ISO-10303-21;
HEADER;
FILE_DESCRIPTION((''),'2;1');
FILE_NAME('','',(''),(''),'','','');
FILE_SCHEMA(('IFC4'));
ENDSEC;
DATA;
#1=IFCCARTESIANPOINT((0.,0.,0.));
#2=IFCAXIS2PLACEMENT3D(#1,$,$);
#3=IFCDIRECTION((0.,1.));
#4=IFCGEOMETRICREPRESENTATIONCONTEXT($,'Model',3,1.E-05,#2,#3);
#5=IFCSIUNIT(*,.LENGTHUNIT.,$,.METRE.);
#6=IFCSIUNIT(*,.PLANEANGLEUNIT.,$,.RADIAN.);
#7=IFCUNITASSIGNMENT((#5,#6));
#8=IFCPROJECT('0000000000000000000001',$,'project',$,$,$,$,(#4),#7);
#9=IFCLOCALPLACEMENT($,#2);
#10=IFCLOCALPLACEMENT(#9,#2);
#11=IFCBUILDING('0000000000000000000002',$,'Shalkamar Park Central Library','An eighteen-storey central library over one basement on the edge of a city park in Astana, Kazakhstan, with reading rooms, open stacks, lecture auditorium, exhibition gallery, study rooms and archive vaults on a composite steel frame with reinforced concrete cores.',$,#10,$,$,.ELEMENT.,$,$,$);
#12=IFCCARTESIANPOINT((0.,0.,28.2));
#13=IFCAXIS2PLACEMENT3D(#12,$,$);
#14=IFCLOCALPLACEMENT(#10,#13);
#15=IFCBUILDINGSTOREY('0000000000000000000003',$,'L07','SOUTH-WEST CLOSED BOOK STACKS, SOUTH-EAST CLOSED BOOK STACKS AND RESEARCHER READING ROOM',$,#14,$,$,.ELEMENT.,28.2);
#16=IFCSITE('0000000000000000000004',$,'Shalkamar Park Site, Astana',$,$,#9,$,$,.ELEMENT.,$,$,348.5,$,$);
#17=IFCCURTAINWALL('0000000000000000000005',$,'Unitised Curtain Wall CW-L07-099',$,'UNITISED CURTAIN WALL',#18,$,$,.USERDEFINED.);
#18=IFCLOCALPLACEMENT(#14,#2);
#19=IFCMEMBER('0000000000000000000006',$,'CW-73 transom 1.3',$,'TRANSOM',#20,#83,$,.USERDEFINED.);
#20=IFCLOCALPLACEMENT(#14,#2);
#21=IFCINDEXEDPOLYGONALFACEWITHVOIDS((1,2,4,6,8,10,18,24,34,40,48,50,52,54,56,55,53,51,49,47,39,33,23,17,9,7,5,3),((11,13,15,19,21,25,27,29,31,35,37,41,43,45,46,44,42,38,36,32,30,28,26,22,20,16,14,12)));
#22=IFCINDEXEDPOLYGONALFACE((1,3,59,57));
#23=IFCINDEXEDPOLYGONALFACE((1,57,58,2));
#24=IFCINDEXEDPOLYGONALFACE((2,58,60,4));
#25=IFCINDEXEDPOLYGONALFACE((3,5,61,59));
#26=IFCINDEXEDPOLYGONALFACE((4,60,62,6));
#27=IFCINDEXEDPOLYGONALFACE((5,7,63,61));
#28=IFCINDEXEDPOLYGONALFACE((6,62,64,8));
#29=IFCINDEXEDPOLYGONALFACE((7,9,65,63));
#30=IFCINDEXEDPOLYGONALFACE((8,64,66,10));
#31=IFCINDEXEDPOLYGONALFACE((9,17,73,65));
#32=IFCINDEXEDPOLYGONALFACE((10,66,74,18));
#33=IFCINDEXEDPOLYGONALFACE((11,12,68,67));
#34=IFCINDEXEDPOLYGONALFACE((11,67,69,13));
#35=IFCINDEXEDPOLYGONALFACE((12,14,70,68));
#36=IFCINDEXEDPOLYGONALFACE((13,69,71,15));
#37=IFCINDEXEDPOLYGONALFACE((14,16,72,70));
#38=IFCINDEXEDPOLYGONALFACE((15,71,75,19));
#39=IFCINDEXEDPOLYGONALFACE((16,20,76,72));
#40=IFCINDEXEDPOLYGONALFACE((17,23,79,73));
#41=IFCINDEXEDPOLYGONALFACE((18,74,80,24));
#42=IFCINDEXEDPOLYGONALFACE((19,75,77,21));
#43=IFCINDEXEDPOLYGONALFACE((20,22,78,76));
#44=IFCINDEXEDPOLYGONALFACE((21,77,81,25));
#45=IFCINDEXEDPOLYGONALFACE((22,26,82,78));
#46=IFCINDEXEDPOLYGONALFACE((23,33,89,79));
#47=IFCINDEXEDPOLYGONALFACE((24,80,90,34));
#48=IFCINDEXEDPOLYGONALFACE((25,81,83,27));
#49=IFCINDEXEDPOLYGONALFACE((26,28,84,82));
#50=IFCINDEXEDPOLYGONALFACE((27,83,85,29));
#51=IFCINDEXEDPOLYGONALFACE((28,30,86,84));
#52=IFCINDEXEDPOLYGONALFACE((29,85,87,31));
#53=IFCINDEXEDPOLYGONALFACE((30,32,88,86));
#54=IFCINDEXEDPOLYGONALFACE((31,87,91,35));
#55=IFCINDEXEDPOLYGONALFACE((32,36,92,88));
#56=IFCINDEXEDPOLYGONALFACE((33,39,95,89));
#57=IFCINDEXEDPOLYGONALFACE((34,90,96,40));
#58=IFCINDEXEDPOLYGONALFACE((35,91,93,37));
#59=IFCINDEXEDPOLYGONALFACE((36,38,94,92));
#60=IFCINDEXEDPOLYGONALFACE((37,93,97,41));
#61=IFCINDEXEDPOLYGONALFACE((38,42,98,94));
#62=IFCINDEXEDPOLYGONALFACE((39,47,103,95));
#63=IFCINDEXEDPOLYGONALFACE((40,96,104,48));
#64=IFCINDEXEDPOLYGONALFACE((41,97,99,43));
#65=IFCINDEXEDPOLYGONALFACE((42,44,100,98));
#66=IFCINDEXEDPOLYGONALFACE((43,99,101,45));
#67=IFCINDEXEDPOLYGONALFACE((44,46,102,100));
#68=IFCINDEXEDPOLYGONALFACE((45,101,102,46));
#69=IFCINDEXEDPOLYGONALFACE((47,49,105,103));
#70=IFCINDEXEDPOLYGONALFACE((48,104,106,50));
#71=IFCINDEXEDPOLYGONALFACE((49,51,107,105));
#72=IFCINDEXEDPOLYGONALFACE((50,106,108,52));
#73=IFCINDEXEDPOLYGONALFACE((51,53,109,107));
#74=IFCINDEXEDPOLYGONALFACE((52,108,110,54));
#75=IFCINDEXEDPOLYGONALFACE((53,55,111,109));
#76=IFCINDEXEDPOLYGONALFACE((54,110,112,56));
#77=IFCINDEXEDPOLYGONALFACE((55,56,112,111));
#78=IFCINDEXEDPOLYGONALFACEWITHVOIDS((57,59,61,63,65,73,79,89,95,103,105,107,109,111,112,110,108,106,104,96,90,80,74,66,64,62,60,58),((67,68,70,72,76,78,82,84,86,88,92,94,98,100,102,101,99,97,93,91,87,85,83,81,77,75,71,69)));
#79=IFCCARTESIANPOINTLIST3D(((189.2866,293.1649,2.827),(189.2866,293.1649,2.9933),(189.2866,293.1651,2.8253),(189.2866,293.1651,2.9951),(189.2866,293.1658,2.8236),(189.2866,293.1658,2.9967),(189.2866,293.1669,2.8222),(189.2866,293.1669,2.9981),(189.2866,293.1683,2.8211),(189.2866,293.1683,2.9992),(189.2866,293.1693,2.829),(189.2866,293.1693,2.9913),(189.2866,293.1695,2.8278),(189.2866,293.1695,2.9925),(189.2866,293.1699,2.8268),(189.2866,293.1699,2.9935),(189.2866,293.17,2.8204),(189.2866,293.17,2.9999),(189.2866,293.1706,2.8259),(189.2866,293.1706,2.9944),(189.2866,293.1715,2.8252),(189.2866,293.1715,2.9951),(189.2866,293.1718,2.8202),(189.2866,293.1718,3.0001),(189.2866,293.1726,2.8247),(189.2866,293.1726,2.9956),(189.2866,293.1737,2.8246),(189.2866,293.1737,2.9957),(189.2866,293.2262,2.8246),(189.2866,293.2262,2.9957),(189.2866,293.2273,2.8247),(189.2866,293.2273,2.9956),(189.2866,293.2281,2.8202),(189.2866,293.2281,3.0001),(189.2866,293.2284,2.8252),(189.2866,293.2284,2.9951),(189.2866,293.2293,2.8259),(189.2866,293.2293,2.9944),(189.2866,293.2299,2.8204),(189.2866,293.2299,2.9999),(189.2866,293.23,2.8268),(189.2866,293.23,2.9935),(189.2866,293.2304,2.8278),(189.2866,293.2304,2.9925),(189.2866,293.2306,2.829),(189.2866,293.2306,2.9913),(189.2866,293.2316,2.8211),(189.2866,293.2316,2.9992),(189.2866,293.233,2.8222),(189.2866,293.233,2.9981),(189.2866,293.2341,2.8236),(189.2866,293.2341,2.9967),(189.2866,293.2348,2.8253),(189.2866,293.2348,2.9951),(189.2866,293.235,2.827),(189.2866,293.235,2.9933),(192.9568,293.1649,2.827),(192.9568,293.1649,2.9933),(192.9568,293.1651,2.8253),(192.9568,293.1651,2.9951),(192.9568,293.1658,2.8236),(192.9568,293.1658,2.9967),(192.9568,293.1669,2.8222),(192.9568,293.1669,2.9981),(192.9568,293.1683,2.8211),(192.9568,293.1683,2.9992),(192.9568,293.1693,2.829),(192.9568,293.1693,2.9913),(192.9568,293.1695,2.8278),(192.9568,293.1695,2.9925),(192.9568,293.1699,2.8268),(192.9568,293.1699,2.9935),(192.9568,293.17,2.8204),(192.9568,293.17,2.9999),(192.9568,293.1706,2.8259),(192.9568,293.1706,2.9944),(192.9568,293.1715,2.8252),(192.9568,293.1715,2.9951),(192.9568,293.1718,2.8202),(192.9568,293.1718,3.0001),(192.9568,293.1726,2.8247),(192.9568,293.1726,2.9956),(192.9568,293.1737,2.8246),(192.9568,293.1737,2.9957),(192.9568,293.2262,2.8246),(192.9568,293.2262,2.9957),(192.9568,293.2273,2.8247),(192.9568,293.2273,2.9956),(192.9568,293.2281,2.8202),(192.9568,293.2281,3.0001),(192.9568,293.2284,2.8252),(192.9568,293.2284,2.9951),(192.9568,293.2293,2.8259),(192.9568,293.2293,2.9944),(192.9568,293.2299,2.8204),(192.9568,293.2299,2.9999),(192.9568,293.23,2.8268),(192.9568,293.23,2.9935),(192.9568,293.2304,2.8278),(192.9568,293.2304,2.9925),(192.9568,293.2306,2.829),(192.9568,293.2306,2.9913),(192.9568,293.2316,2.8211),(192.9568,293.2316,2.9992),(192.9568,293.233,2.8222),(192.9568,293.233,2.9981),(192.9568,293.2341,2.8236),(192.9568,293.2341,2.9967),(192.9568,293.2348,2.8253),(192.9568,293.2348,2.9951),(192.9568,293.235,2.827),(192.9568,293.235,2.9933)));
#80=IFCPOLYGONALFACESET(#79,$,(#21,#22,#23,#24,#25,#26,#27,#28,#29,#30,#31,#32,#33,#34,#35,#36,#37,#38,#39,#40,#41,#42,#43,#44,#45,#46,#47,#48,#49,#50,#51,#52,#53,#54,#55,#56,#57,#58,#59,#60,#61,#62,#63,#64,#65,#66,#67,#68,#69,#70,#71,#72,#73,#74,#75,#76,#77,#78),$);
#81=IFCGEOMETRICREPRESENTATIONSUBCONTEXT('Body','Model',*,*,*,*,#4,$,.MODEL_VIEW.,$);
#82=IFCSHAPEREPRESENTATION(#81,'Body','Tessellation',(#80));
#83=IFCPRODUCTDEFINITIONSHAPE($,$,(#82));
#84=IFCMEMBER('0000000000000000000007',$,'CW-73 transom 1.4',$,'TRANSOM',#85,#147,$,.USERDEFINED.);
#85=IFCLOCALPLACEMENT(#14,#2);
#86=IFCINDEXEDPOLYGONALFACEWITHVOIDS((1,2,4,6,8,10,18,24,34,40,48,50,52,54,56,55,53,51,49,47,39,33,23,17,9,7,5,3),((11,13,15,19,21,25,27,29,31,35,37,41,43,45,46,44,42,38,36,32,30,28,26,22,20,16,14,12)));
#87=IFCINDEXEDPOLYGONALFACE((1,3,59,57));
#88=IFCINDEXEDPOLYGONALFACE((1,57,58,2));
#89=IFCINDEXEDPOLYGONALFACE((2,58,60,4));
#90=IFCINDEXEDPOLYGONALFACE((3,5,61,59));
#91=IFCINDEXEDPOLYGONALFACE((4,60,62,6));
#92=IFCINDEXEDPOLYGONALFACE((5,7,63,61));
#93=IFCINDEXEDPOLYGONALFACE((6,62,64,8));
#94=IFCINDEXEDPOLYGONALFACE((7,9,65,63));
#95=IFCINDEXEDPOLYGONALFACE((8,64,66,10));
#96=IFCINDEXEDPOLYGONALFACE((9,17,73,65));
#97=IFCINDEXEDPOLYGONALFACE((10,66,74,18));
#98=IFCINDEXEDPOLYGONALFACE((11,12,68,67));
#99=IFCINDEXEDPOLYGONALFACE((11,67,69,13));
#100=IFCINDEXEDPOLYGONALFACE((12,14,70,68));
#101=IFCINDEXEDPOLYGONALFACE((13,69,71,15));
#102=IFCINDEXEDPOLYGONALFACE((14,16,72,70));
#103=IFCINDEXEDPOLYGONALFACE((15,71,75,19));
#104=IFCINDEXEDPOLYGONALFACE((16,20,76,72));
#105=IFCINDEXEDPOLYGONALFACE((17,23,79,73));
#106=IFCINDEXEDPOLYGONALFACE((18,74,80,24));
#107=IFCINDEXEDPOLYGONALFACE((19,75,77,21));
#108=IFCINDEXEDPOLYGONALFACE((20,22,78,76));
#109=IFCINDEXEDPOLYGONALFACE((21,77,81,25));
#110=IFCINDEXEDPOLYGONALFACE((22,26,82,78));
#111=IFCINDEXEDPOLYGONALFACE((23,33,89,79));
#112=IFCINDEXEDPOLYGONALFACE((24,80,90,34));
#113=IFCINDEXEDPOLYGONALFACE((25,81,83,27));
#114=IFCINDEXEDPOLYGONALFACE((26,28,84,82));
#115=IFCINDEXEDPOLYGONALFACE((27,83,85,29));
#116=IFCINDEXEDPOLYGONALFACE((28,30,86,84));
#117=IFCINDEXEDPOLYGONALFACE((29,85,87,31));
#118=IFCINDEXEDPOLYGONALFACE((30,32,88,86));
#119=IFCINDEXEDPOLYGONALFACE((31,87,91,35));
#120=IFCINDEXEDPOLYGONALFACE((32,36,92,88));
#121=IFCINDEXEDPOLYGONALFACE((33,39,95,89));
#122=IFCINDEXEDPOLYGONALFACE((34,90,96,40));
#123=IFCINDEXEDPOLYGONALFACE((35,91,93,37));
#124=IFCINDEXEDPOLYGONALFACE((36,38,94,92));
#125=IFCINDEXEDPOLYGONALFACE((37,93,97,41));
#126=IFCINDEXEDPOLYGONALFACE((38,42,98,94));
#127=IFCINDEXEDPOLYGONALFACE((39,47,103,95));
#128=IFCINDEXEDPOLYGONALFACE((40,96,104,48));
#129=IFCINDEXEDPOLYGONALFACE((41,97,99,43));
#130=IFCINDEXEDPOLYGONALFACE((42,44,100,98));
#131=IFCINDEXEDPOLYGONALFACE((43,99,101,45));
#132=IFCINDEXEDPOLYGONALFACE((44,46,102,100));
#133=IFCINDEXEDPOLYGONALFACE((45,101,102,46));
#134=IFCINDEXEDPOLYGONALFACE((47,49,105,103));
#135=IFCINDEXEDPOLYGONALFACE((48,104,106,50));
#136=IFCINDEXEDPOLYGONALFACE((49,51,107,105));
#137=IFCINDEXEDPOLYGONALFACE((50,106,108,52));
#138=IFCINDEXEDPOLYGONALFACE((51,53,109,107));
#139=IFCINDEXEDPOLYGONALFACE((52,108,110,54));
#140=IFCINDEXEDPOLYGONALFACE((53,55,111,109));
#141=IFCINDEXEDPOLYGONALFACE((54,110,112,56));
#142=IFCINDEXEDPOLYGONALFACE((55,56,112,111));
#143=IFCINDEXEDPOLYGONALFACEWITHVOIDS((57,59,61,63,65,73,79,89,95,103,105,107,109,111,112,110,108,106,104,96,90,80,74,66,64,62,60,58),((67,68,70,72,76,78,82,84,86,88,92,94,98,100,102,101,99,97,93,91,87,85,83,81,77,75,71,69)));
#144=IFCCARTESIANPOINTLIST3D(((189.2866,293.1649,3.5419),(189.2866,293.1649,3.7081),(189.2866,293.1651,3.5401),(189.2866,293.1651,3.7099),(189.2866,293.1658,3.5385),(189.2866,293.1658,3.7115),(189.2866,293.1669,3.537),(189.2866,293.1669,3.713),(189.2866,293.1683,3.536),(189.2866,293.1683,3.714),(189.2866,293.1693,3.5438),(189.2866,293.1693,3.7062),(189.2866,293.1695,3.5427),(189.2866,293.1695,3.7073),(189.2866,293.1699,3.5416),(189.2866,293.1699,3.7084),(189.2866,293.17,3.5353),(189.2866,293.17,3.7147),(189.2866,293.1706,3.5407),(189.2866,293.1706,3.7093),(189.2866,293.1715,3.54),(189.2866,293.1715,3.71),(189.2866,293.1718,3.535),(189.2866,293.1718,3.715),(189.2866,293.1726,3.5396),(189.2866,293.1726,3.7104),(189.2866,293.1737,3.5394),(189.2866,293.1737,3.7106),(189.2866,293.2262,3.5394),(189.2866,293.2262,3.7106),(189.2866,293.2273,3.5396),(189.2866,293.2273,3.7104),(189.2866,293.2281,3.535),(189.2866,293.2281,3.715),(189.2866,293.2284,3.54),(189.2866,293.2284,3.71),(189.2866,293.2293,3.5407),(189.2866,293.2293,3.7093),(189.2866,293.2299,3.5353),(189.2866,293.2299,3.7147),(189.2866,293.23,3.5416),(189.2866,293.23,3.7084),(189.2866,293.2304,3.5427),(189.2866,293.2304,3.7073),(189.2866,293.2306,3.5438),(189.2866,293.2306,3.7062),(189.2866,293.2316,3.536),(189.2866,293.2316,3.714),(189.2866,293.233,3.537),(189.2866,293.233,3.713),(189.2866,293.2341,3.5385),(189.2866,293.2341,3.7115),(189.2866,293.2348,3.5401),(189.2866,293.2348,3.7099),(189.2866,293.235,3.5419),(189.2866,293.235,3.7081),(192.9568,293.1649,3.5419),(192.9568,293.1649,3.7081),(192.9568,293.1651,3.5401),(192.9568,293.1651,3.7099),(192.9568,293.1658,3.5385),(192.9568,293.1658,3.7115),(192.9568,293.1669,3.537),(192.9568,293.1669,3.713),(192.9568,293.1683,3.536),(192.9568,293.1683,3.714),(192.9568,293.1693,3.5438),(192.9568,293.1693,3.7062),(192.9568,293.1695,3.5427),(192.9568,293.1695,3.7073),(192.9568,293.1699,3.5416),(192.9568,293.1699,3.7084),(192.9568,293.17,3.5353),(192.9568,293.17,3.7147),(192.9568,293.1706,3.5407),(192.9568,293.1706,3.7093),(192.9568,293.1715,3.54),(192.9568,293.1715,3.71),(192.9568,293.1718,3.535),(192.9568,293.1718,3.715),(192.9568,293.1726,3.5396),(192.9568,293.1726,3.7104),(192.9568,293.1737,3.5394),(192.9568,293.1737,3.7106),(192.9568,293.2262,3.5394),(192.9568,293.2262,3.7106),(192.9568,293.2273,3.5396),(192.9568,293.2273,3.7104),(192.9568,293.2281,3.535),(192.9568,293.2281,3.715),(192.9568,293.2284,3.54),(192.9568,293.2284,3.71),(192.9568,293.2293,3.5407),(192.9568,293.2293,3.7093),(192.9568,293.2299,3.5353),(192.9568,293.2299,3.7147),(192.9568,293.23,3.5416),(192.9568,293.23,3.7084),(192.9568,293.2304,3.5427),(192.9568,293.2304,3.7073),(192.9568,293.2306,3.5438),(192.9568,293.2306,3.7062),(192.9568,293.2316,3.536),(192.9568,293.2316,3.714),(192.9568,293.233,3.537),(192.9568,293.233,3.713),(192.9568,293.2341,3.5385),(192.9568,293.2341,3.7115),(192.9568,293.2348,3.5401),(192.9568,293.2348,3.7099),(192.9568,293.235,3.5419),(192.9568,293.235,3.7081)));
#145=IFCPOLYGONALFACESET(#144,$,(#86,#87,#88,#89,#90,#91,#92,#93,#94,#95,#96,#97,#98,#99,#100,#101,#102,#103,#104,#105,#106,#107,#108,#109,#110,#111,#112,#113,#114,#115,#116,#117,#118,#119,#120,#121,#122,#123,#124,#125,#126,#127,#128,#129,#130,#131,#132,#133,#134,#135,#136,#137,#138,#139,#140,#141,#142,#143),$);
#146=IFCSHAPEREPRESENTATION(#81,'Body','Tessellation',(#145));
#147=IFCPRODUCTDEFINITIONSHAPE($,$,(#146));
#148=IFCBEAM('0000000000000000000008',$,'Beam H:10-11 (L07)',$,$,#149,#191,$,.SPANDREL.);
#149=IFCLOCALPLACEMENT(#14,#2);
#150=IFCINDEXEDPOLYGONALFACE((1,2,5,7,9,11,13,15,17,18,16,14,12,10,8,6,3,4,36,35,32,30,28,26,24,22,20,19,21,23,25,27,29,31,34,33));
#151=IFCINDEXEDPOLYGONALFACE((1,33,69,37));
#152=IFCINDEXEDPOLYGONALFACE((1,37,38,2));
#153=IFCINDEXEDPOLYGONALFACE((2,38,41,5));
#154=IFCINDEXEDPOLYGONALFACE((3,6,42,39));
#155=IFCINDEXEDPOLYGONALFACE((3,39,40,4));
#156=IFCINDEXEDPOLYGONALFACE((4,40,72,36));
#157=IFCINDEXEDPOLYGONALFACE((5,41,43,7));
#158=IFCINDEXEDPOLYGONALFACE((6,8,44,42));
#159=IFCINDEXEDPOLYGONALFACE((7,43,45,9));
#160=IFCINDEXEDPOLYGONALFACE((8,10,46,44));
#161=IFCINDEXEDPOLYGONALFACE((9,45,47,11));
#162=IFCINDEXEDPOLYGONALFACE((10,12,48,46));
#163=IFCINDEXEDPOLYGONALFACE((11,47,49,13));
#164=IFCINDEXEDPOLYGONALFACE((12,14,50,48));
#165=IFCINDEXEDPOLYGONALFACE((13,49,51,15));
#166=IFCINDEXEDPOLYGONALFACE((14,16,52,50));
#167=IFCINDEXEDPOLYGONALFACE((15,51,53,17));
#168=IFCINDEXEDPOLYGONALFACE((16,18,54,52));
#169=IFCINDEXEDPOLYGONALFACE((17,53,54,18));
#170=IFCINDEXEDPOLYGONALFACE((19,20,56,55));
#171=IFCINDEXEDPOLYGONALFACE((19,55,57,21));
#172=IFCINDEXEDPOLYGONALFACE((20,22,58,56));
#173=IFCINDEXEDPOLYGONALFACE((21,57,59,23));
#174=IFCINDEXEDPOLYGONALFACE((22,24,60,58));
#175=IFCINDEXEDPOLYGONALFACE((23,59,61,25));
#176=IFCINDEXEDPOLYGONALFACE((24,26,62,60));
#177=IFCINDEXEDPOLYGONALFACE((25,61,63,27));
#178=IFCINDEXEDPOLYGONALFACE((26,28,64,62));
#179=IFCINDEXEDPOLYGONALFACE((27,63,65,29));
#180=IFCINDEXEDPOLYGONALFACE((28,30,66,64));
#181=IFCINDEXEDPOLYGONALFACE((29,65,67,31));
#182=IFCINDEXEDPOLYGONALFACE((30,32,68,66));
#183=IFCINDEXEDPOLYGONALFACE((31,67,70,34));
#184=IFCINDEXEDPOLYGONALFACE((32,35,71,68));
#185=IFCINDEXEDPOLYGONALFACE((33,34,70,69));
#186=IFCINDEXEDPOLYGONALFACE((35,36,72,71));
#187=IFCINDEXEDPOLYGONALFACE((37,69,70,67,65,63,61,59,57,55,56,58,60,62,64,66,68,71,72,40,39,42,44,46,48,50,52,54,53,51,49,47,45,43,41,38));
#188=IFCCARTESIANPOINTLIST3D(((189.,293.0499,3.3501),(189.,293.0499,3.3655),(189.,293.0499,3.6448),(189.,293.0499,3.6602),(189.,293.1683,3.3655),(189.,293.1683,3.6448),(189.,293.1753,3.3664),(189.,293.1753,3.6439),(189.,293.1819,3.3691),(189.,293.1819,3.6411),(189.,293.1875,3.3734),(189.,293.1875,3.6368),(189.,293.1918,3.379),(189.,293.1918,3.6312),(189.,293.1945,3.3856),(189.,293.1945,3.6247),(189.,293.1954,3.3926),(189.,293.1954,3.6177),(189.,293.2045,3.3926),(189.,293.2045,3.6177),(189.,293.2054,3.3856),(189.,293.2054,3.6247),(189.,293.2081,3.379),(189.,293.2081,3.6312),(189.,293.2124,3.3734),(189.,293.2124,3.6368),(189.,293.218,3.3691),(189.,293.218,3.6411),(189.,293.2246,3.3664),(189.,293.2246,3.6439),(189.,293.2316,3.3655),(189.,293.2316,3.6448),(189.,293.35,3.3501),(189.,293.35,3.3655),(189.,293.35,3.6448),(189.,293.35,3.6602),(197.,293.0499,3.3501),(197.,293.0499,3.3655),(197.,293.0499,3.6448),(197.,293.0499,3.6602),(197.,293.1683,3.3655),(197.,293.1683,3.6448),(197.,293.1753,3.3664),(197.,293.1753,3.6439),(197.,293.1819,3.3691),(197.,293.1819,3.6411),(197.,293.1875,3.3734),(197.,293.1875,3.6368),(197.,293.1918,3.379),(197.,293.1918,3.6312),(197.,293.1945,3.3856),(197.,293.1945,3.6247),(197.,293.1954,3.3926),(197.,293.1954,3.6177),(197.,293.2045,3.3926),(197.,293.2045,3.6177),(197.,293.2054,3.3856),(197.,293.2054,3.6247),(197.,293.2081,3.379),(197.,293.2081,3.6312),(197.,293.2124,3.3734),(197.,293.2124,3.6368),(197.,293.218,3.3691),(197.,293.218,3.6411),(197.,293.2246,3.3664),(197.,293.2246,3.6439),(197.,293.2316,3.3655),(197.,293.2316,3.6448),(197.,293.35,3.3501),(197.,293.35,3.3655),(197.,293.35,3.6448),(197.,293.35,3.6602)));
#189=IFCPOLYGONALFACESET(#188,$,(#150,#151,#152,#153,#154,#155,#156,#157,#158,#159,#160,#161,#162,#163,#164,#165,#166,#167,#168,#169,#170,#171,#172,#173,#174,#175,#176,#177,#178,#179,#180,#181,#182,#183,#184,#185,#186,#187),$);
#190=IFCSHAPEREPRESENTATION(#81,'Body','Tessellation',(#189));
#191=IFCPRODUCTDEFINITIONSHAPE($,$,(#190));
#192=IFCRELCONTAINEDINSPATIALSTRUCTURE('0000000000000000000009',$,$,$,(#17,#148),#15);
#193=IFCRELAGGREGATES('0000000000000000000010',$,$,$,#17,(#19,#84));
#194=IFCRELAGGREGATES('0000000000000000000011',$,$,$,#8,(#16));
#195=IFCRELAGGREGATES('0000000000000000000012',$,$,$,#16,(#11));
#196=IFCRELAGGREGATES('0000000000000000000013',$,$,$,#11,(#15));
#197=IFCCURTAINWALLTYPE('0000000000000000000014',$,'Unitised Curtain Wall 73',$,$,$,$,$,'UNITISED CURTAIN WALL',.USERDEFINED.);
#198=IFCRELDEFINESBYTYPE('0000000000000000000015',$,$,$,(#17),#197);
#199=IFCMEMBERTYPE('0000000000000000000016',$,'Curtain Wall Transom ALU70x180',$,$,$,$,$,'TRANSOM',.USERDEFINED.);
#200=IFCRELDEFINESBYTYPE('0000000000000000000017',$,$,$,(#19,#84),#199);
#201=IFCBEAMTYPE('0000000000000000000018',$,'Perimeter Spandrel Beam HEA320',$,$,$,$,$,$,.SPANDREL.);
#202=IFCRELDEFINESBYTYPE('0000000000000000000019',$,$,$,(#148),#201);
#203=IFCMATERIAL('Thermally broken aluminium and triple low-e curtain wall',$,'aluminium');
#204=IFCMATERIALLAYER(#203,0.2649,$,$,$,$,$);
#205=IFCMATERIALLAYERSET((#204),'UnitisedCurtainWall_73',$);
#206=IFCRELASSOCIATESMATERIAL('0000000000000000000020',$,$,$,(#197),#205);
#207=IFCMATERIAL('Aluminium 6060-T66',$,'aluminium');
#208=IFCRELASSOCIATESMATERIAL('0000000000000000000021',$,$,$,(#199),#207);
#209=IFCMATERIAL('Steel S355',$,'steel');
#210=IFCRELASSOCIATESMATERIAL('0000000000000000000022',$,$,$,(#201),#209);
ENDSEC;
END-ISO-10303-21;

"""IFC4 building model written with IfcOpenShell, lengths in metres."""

from ifc_helpers import new_model, si_unit, direction, frame, origin, origin_2d, place, context, subcontext, project, spatial, hollow_rectangle, i_section, extrude, material, layer, layer_set, material_profile, profile_set, type_object, element, aggregate, save


model = new_model("IFC4")

# Units and contexts
model_context = context("Model", 3, precision=1e-05, world=origin(), true_north=direction((0.0, 1.0)))
body_context = subcontext(model_context, "Body", "Model", "MODEL_VIEW")
ifc_project = project(units=[si_unit("LENGTHUNIT", "METRE"), si_unit("PLANEANGLEUNIT", "RADIAN")], contexts=[model_context])

# Site, building, storey
site_placement = place(None, origin())
site = spatial("IfcSite", under=ifc_project, at=site_placement, Name="Shalkamar Park Site, Astana", CompositionType="ELEMENT", RefElevation=348.5)
building_placement = place(site_placement, origin())
building = spatial("IfcBuilding", under=site, at=building_placement, Name="Shalkamar Park Central Library", Description="An eighteen-storey central library over one basement on the edge of a city park in Astana, Kazakhstan, with reading rooms, open stacks, lecture auditorium, exhibition gallery, study rooms and archive vaults on a composite steel frame with reinforced concrete cores.", CompositionType="ELEMENT")
storey_placement = place(building_placement, frame((0.0, 0.0, 28.2)))
storey = spatial("IfcBuildingStorey", under=building, at=storey_placement, Name="L07", Description="SOUTH-WEST CLOSED BOOK STACKS, SOUTH-EAST CLOSED BOOK STACKS AND RESEARCHER READING ROOM", CompositionType="ELEMENT", Elevation=28.2)

# Shared definitions
ifc_material_1 = material(Name="Steel S355", Category="steel")

# Curtain wall
ifc_material_2 = material(Name="Thermally broken aluminium and triple low-e curtain wall", Category="aluminium")
ifc_material_3 = material(Name="Aluminium 6060-T66", Category="aluminium")
ifc_layer_1 = layer(ifc_material_2, 0.2649)
ifc_layer_set_1 = layer_set([ifc_layer_1], Name="UnitisedCurtainWall_73")
curtain_wall_type_1 = type_object("IfcCurtainWallType", Name="Unitised Curtain Wall 73", ElementType="UNITISED CURTAIN WALL", PredefinedType="USERDEFINED", material=ifc_layer_set_1)
curtain_wall_1_placement = place(storey_placement, origin())
curtain_wall_1 = element("IfcCurtainWall", 1, at=curtain_wall_1_placement, inside=storey, type_object=curtain_wall_type_1, Name="Unitised Curtain Wall CW-L07-099", ObjectType="UNITISED CURTAIN WALL", PredefinedType="USERDEFINED")

# Members
ifc_material_profile_1 = material_profile(ifc_material_3, hollow_rectangle(XDim=0.0701, YDim=0.1799, WallThickness=0.0044, InnerFilletRadius=0.0044, OuterFilletRadius=0.0068, at=origin_2d()), Name="ALU 70x180x4.5")
ifc_profile_set_1 = profile_set([ifc_material_profile_1], Name="Aluminium 6060-T66")
member_type_1 = type_object("IfcMemberType", Name="Curtain Wall Transom ALU70x180", ElementType="TRANSOM", PredefinedType="USERDEFINED", material=ifc_profile_set_1)
member_1_placement = place(storey_placement, frame((189.2866, 293.2, 2.9102), z_axis=(1.0, 0.0, 0.0), x_axis=(0.0, 1.0, 0.0)))
member_1 = element("IfcMember", 2, at=member_1_placement, type_object=member_type_1, Name="CW-73 transom 1.3", ObjectType="TRANSOM", PredefinedType="USERDEFINED", context=body_context, shape_type="SweptSolid", body=[
    extrude(hollow_rectangle(XDim=0.0701, YDim=0.1799, WallThickness=0.0044, InnerFilletRadius=0.0044, OuterFilletRadius=0.0068, at=origin_2d()), origin(), (0.0, 0.0, 1.0), 3.6702),
])
member_2_placement = place(storey_placement, frame((189.2866, 293.2, 3.625), z_axis=(1.0, 0.0, 0.0), x_axis=(0.0, 1.0, 0.0)))
member_2 = element("IfcMember", 3, at=member_2_placement, type_object=member_type_1, Name="CW-73 transom 1.4", ObjectType="TRANSOM", PredefinedType="USERDEFINED", context=body_context, shape_type="SweptSolid", body=[
    extrude(hollow_rectangle(XDim=0.0701, YDim=0.1799, WallThickness=0.0044, InnerFilletRadius=0.0044, OuterFilletRadius=0.0068, at=origin_2d()), origin(), (0.0, 0.0, 1.0), 3.6702),
])

# Beam
ifc_material_profile_2 = material_profile(ifc_material_1, i_section(OverallWidth=0.3, OverallDepth=0.3101, WebThickness=0.009, FlangeThickness=0.0154, FilletRadius=0.0271, at=origin_2d()), Name="HEA 320")
ifc_profile_set_2 = profile_set([ifc_material_profile_2], Name="Steel S355")
beam_type_1 = type_object("IfcBeamType", Name="Perimeter Spandrel Beam HEA320", PredefinedType="SPANDREL", material=ifc_profile_set_2)
beam_1_placement = place(storey_placement, frame((189.0, 293.2, 3.5051), z_axis=(1.0, 0.0, 0.0), x_axis=(0.0, 1.0, 0.0)))
element("IfcBeam", 4, at=beam_1_placement, inside=storey, type_object=beam_type_1, Name="Beam H:10-11 (L07)", PredefinedType="SPANDREL", context=body_context, shape_type="SweptSolid", body=[
    extrude(i_section(OverallWidth=0.3, OverallDepth=0.3101, WebThickness=0.009, FlangeThickness=0.0154, FilletRadius=0.0271, at=origin_2d()), origin(), (0.0, 0.0, 1.0), 8.0),
])

aggregate(curtain_wall_1, [member_1, member_2])

save(model, "model.ifc")
